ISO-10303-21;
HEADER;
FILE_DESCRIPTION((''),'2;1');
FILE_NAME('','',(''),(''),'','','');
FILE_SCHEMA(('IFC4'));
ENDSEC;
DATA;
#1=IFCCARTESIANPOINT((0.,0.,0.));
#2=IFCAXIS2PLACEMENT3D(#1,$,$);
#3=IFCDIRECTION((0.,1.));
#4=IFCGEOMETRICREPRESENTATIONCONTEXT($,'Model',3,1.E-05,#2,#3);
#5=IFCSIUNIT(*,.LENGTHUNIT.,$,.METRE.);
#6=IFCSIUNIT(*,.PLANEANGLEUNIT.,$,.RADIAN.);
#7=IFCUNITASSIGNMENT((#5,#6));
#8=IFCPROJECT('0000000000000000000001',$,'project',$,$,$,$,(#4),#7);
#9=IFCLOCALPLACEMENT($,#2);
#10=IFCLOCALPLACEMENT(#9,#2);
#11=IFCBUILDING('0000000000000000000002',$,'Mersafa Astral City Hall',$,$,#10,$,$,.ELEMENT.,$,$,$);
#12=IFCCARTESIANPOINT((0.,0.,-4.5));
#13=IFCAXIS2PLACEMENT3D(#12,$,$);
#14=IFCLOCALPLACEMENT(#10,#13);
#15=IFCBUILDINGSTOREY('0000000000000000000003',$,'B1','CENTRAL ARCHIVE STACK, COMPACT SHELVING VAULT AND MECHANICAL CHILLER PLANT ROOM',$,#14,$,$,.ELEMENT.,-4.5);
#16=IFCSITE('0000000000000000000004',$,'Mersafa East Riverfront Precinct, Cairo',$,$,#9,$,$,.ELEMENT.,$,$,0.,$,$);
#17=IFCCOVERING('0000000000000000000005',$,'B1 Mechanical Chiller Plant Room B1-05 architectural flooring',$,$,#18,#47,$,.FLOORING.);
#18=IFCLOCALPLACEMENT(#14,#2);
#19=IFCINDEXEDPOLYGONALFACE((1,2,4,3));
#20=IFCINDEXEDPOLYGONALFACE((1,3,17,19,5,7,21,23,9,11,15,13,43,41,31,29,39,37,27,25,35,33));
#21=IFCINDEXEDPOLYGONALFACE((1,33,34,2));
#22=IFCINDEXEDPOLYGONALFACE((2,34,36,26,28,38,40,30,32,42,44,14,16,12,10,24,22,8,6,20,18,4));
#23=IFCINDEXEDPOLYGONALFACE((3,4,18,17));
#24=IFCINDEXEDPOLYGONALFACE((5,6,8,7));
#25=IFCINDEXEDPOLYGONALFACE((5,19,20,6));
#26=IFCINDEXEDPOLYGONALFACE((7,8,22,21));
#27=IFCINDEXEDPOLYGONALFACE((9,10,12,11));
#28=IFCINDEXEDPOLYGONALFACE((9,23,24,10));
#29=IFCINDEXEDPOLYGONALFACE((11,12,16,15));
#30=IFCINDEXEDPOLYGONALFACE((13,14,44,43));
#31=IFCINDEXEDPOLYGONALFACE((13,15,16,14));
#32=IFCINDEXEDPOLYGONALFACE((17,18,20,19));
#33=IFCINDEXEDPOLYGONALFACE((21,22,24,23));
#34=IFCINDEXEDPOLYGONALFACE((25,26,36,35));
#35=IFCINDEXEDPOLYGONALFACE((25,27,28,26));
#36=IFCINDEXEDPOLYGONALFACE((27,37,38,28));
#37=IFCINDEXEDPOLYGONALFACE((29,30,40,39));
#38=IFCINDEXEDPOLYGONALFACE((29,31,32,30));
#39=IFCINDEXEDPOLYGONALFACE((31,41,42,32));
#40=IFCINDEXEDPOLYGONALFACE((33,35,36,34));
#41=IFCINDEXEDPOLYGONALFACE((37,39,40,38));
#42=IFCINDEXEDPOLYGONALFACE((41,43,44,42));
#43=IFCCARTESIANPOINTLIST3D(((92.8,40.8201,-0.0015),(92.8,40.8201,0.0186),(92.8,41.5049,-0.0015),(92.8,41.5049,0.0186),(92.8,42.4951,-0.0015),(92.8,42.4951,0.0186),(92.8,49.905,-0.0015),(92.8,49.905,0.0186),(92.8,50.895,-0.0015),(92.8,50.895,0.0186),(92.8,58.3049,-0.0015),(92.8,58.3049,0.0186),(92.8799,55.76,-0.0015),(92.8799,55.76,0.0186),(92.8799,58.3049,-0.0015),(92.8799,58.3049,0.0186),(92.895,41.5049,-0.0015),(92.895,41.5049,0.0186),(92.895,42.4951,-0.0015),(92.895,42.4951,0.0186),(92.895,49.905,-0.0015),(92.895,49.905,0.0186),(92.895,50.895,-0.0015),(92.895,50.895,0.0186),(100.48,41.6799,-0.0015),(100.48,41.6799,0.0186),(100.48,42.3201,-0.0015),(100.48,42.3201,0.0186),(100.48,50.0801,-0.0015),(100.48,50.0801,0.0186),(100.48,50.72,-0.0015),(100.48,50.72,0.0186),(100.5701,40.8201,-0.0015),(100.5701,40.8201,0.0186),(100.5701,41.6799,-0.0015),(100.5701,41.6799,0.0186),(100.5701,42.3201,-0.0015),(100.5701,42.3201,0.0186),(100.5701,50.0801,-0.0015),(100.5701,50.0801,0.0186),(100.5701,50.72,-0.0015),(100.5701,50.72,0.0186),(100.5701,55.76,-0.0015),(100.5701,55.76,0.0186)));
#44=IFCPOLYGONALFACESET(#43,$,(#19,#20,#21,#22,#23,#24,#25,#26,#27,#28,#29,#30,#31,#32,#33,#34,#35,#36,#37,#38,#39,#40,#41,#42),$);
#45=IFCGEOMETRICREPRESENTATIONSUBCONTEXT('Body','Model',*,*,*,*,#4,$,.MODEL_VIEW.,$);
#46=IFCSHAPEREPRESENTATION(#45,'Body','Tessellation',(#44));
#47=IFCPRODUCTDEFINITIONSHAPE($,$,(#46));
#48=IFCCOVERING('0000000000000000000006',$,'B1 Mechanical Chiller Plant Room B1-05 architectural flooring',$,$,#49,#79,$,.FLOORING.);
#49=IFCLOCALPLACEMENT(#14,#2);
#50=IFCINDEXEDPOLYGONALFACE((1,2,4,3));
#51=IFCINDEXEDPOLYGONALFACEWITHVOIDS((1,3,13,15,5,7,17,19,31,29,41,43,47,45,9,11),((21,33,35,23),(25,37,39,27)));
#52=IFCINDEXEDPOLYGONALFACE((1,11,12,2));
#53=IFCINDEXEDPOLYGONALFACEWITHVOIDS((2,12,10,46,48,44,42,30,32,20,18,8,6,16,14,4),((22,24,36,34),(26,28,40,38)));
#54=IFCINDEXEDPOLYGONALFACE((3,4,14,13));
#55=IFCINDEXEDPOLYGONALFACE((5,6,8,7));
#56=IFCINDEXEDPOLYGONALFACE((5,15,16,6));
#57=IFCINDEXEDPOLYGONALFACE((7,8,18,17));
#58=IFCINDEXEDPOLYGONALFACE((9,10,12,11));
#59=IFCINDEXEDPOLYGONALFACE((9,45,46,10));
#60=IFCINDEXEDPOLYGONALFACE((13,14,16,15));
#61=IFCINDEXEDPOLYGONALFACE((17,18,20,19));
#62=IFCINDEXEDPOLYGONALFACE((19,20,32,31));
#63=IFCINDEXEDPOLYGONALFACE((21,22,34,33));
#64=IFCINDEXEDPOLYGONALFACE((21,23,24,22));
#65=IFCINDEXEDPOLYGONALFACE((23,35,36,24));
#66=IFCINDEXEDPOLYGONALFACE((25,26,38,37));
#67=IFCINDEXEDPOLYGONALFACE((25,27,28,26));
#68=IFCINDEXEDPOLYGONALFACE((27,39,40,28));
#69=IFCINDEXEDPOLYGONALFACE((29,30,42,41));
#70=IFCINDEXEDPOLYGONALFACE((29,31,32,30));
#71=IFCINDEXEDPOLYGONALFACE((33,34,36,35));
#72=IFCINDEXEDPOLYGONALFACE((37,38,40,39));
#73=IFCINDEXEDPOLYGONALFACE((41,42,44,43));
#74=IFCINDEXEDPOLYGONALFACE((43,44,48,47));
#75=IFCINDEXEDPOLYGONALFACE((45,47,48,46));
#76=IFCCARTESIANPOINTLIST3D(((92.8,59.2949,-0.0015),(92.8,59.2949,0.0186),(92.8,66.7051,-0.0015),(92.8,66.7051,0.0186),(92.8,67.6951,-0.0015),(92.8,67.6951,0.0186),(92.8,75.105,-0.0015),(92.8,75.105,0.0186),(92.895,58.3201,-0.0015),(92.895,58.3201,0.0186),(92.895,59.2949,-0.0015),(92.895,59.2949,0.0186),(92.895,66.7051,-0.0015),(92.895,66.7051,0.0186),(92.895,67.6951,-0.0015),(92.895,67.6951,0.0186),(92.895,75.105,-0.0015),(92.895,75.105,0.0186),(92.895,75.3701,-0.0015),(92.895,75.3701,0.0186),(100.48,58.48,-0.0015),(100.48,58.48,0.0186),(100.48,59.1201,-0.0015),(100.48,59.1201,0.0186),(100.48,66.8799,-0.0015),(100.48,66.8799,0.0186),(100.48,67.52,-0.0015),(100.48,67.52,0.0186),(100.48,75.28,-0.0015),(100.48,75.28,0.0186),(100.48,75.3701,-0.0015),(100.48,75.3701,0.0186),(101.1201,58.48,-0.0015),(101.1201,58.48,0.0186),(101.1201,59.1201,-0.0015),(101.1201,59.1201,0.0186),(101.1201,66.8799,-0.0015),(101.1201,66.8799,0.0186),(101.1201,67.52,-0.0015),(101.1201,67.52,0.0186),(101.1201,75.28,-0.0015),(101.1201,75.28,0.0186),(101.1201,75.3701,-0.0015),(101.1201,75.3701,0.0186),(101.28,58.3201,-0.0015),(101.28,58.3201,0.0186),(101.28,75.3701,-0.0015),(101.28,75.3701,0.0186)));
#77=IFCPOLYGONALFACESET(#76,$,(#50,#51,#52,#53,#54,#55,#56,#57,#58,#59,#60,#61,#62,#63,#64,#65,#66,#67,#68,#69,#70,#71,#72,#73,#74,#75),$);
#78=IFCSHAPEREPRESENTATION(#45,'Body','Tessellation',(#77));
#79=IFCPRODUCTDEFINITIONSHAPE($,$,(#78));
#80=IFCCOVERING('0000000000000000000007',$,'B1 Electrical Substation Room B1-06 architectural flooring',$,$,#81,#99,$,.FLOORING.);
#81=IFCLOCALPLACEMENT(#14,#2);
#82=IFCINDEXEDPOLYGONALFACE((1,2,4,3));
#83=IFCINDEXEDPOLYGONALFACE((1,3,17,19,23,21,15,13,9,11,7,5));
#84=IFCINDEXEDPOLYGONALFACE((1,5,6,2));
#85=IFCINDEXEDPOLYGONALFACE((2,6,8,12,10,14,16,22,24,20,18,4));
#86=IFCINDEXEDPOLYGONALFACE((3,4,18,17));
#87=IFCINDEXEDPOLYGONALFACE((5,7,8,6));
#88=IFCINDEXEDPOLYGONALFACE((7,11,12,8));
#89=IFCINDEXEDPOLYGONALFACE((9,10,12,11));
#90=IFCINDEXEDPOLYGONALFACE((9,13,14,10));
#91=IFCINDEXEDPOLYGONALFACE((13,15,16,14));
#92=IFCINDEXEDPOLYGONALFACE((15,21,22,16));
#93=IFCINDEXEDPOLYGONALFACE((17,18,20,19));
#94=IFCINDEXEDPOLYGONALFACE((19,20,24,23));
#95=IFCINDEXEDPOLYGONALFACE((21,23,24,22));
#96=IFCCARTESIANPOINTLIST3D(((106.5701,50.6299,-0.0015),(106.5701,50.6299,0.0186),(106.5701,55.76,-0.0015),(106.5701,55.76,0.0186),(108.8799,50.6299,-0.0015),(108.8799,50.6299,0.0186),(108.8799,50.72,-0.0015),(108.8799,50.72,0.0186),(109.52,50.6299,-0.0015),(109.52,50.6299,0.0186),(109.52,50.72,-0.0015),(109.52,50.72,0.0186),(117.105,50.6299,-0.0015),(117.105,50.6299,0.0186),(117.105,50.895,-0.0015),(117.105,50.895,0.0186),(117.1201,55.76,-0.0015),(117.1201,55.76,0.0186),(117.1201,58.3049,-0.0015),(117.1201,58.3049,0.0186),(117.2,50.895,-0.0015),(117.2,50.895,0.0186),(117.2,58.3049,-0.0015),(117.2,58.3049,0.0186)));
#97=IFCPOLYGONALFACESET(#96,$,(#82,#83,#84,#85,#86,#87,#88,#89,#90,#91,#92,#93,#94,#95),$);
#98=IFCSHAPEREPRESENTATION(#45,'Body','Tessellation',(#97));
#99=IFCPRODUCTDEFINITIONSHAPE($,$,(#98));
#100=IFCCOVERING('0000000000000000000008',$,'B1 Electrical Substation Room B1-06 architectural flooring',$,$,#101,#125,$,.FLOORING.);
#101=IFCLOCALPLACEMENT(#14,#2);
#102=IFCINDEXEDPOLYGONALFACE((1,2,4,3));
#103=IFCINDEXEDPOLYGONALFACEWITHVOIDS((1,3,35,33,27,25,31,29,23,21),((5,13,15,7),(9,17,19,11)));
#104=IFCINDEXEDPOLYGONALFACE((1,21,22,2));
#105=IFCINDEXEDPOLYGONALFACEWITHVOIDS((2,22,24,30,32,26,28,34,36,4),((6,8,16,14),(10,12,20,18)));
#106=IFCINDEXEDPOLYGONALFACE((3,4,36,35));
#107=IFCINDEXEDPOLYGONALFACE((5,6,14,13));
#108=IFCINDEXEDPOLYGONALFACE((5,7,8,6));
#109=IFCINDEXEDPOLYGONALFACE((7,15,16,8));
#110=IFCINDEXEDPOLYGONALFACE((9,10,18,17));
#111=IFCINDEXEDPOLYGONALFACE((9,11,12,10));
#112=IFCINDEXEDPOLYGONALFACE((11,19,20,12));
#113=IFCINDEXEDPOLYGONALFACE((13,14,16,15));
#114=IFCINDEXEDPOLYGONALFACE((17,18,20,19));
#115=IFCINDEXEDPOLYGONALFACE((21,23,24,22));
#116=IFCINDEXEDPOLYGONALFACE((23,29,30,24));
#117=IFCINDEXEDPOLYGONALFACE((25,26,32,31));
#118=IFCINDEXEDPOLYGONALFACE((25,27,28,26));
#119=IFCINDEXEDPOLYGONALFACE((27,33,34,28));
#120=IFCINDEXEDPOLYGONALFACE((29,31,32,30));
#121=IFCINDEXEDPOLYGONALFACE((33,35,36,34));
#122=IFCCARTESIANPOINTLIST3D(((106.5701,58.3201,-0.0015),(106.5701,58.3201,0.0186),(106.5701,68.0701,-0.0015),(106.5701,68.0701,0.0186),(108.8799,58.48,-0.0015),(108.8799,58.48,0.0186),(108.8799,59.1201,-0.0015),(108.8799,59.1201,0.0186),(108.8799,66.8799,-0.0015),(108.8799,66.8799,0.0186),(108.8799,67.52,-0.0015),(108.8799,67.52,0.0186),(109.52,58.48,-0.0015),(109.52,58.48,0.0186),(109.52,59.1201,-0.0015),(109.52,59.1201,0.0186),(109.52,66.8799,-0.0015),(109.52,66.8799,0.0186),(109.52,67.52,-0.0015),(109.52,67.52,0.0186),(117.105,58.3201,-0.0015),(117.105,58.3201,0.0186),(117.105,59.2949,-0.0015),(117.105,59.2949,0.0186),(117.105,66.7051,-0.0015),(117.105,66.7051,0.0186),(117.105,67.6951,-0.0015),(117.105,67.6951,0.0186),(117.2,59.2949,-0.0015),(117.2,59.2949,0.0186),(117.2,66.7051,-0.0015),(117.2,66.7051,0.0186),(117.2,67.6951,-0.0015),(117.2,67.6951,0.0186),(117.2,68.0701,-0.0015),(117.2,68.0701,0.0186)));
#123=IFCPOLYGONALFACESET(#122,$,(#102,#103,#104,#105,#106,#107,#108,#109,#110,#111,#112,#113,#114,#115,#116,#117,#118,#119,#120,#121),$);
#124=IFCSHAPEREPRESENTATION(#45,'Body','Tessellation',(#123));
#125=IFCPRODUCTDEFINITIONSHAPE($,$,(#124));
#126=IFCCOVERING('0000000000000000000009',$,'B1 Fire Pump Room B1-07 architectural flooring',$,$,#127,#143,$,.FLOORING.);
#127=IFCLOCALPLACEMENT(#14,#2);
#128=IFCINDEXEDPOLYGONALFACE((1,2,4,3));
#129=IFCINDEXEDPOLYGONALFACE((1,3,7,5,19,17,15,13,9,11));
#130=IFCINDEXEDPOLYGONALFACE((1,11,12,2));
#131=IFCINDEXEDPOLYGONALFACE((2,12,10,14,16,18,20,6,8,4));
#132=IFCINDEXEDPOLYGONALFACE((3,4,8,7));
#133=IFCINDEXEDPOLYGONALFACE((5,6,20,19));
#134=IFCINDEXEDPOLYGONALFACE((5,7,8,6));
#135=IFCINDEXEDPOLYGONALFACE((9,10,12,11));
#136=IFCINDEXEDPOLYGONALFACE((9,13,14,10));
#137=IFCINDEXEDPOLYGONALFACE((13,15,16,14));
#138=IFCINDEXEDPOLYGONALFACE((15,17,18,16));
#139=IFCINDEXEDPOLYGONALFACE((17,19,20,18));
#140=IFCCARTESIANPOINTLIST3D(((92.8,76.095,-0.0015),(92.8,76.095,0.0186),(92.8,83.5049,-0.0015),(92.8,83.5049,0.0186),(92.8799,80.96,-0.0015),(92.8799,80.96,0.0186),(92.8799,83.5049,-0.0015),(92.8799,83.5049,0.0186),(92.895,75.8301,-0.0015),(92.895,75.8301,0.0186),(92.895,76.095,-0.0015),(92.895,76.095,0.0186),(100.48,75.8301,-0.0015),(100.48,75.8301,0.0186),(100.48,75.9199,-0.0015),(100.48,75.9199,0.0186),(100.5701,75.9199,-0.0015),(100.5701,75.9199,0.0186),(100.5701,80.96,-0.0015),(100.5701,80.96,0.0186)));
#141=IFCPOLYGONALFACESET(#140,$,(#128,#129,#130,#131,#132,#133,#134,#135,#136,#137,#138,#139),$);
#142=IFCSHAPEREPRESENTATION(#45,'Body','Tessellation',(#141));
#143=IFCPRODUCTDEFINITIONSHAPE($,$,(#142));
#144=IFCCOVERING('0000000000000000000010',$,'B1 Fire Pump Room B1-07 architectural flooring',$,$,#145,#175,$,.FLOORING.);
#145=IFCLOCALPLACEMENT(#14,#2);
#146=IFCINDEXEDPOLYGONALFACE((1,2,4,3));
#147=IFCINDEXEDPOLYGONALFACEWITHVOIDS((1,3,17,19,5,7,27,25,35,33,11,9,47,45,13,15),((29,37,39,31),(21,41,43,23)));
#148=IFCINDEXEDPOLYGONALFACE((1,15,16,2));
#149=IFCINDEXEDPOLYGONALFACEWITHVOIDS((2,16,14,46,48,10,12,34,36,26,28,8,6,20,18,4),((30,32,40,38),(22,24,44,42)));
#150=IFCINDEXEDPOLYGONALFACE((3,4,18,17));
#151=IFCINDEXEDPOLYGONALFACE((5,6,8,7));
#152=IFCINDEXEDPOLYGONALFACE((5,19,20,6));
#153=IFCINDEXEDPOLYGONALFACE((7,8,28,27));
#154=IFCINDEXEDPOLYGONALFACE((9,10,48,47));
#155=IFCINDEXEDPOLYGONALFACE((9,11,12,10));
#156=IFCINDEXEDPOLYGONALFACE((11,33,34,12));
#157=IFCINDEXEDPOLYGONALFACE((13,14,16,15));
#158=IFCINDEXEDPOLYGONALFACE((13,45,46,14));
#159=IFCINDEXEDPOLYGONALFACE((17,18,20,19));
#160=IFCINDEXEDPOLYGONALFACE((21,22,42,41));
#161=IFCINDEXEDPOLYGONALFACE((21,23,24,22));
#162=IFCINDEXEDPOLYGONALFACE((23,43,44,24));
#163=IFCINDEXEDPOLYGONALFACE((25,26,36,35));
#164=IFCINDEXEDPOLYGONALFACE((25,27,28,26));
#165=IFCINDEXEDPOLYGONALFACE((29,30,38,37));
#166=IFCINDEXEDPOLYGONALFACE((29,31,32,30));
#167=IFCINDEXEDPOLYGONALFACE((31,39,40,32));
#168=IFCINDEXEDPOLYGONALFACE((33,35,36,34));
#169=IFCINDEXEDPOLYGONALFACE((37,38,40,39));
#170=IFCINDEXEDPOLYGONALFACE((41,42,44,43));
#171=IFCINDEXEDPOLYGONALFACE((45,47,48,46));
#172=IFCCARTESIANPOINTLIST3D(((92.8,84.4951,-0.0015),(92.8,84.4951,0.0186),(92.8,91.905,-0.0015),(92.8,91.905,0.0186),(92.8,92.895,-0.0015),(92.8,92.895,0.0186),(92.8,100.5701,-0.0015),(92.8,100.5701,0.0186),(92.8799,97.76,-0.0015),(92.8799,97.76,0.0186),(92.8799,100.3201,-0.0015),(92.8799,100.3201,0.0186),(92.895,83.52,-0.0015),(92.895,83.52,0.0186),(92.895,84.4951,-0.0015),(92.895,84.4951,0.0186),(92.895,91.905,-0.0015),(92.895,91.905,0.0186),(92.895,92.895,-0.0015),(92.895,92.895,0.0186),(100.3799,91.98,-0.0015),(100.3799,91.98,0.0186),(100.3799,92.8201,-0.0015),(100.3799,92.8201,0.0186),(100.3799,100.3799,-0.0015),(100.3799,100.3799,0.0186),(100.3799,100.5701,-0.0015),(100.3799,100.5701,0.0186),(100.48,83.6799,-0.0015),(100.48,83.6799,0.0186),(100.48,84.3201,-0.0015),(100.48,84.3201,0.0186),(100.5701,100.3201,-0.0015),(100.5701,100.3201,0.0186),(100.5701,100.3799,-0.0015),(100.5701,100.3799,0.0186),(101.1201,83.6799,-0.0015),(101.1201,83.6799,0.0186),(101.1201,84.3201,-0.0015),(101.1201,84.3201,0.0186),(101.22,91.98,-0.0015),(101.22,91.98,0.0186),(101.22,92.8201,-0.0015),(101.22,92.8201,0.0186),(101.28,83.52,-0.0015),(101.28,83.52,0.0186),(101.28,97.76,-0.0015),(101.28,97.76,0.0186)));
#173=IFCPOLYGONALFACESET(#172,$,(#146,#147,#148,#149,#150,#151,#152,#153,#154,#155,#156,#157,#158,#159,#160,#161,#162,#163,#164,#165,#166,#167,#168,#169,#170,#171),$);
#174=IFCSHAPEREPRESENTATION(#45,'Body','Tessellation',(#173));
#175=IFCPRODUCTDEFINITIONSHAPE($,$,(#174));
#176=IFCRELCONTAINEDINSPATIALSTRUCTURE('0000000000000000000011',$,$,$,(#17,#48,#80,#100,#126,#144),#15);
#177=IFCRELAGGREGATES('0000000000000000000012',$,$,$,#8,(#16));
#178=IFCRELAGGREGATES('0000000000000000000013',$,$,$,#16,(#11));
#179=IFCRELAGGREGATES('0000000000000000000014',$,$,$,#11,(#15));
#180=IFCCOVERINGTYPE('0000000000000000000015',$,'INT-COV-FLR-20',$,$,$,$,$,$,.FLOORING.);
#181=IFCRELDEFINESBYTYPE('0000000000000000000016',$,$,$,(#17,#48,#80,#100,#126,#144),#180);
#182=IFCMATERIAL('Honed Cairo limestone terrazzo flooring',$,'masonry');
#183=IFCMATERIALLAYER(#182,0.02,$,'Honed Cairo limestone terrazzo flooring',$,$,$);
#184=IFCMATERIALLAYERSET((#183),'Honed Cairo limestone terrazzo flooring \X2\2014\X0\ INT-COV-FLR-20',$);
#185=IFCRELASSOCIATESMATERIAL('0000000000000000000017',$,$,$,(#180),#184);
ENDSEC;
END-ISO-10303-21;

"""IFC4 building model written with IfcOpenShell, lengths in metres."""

from ifc_helpers import new_model, si_unit, direction, frame, origin, place, context, subcontext, project, spatial, polyline, outline, extrude, material, layer, layer_set, type_object, element, save


model = new_model("IFC4")

# Units and contexts
model_context = context("Model", 3, precision=1e-05, world=origin(), true_north=direction((0.0, 1.0)))
body_context = subcontext(model_context, "Body", "Model", "MODEL_VIEW")
ifc_project = project(units=[si_unit("LENGTHUNIT", "METRE"), si_unit("PLANEANGLEUNIT", "RADIAN")], contexts=[model_context])

# Site, building, storey
site_placement = place(None, origin())
site = spatial("IfcSite", under=ifc_project, at=site_placement, Name="Mersafa East Riverfront Precinct, Cairo", CompositionType="ELEMENT", RefElevation=0.0)
building_placement = place(site_placement, origin())
building = spatial("IfcBuilding", under=site, at=building_placement, Name="Mersafa Astral City Hall", CompositionType="ELEMENT")
storey_placement = place(building_placement, frame((0.0, 0.0, -4.5)))
storey = spatial("IfcBuildingStorey", under=building, at=storey_placement, Name="B1", Description="CENTRAL ARCHIVE STACK, COMPACT SHELVING VAULT AND MECHANICAL CHILLER PLANT ROOM", CompositionType="ELEMENT", Elevation=-4.5)

# Coverings
ifc_material_1 = material(Name="Honed Cairo limestone terrazzo flooring", Category="masonry")
ifc_layer_1 = layer(ifc_material_1, 0.02, Name="Honed Cairo limestone terrazzo flooring")
ifc_layer_set_1 = layer_set([ifc_layer_1], Name="Honed Cairo limestone terrazzo flooring — INT-COV-FLR-20")
covering_type = type_object("IfcCoveringType", Name="INT-COV-FLR-20", PredefinedType="FLOORING", material=ifc_layer_set_1)
covering_1_placement = place(storey_placement, frame((0.0, 0.0, -0.0015)))
element("IfcCovering", 1, at=covering_1_placement, inside=storey, type_object=covering_type, Name="B1 Mechanical Chiller Plant Room B1-05 architectural flooring", PredefinedType="FLOORING", context=body_context, shape_type="SweptSolid", body=[
    extrude(outline(polyline([(92.895, 41.5049), (92.895, 42.4951), (92.8, 42.4951), (92.8, 49.905), (92.895, 49.905), (92.895, 50.895), (92.8, 50.895), (92.8, 58.3049), (92.8799, 58.3049), (92.8799, 55.76), (100.5701, 55.76), (100.5701, 50.72), (100.48, 50.72), (100.48, 50.0801), (100.5701, 50.0801), (100.5701, 42.3201), (100.48, 42.3201), (100.48, 41.6799), (100.5701, 41.6799), (100.5701, 40.8201), (92.8, 40.8201), (92.8, 41.5049), (92.895, 41.5049)])), origin(), (0.0, 0.0, 1.0), 0.02),
])
covering_2_placement = place(storey_placement, frame((0.0, 0.0, -0.0015)))
element("IfcCovering", 2, at=covering_2_placement, inside=storey, type_object=covering_type, Name="B1 Mechanical Chiller Plant Room B1-05 architectural flooring", PredefinedType="FLOORING", context=body_context, shape_type="SweptSolid", body=[
    extrude(outline(polyline([(92.895, 59.2949), (92.8, 59.2949), (92.8, 66.7051), (92.895, 66.7051), (92.895, 67.6951), (92.8, 67.6951), (92.8, 75.105), (92.895, 75.105), (92.895, 75.3701), (100.48, 75.3701), (100.48, 75.28), (101.1201, 75.28), (101.1201, 75.3701), (101.28, 75.3701), (101.28, 58.3201), (92.895, 58.3201), (92.895, 59.2949)]), holes=[polyline([(100.48, 58.48), (101.1201, 58.48), (101.1201, 59.1201), (100.48, 59.1201), (100.48, 58.48)]), polyline([(100.48, 66.8799), (101.1201, 66.8799), (101.1201, 67.52), (100.48, 67.52), (100.48, 66.8799)])]), origin(), (0.0, 0.0, 1.0), 0.02),
])
covering_3_placement = place(storey_placement, frame((0.0, 0.0, -0.0015)))
element("IfcCovering", 3, at=covering_3_placement, inside=storey, type_object=covering_type, Name="B1 Electrical Substation Room B1-06 architectural flooring", PredefinedType="FLOORING", context=body_context, shape_type="SweptSolid", body=[
    extrude(outline(polyline([(106.5701, 50.6299), (106.5701, 55.76), (117.1201, 55.76), (117.1201, 58.3049), (117.2, 58.3049), (117.2, 50.895), (117.105, 50.895), (117.105, 50.6299), (109.52, 50.6299), (109.52, 50.72), (108.8799, 50.72), (108.8799, 50.6299), (106.5701, 50.6299)])), origin(), (0.0, 0.0, 1.0), 0.02),
])
covering_4_placement = place(storey_placement, frame((0.0, 0.0, -0.0015)))
element("IfcCovering", 4, at=covering_4_placement, inside=storey, type_object=covering_type, Name="B1 Electrical Substation Room B1-06 architectural flooring", PredefinedType="FLOORING", context=body_context, shape_type="SweptSolid", body=[
    extrude(outline(polyline([(106.5701, 58.3201), (106.5701, 68.0701), (117.2, 68.0701), (117.2, 67.6951), (117.105, 67.6951), (117.105, 66.7051), (117.2, 66.7051), (117.2, 59.2949), (117.105, 59.2949), (117.105, 58.3201), (106.5701, 58.3201)]), holes=[polyline([(108.8799, 58.48), (109.52, 58.48), (109.52, 59.1201), (108.8799, 59.1201), (108.8799, 58.48)]), polyline([(108.8799, 66.8799), (109.52, 66.8799), (109.52, 67.52), (108.8799, 67.52), (108.8799, 66.8799)])]), origin(), (0.0, 0.0, 1.0), 0.02),
])
covering_5_placement = place(storey_placement, frame((0.0, 0.0, -0.0015)))
element("IfcCovering", 5, at=covering_5_placement, inside=storey, type_object=covering_type, Name="B1 Fire Pump Room B1-07 architectural flooring", PredefinedType="FLOORING", context=body_context, shape_type="SweptSolid", body=[
    extrude(outline(polyline([(92.8, 83.5049), (92.8799, 83.5049), (92.8799, 80.96), (100.5701, 80.96), (100.5701, 75.9199), (100.48, 75.9199), (100.48, 75.8301), (92.895, 75.8301), (92.895, 76.095), (92.8, 76.095), (92.8, 83.5049)])), origin(), (0.0, 0.0, 1.0), 0.02),
])
covering_6_placement = place(storey_placement, frame((0.0, 0.0, -0.0015)))
element("IfcCovering", 6, at=covering_6_placement, inside=storey, type_object=covering_type, Name="B1 Fire Pump Room B1-07 architectural flooring", PredefinedType="FLOORING", context=body_context, shape_type="SweptSolid", body=[
    extrude(outline(polyline([(92.895, 84.4951), (92.8, 84.4951), (92.8, 91.905), (92.895, 91.905), (92.895, 92.895), (92.8, 92.895), (92.8, 100.5701), (100.3799, 100.5701), (100.3799, 100.3799), (100.5701, 100.3799), (100.5701, 100.3201), (92.8799, 100.3201), (92.8799, 97.76), (101.28, 97.76), (101.28, 83.52), (92.895, 83.52), (92.895, 84.4951)]), holes=[polyline([(100.3799, 92.8201), (100.3799, 91.98), (101.22, 91.98), (101.22, 92.8201), (100.3799, 92.8201)]), polyline([(100.48, 83.6799), (101.1201, 83.6799), (101.1201, 84.3201), (100.48, 84.3201), (100.48, 83.6799)])]), origin(), (0.0, 0.0, 1.0), 0.02),
])

save(model, "model.ifc")
